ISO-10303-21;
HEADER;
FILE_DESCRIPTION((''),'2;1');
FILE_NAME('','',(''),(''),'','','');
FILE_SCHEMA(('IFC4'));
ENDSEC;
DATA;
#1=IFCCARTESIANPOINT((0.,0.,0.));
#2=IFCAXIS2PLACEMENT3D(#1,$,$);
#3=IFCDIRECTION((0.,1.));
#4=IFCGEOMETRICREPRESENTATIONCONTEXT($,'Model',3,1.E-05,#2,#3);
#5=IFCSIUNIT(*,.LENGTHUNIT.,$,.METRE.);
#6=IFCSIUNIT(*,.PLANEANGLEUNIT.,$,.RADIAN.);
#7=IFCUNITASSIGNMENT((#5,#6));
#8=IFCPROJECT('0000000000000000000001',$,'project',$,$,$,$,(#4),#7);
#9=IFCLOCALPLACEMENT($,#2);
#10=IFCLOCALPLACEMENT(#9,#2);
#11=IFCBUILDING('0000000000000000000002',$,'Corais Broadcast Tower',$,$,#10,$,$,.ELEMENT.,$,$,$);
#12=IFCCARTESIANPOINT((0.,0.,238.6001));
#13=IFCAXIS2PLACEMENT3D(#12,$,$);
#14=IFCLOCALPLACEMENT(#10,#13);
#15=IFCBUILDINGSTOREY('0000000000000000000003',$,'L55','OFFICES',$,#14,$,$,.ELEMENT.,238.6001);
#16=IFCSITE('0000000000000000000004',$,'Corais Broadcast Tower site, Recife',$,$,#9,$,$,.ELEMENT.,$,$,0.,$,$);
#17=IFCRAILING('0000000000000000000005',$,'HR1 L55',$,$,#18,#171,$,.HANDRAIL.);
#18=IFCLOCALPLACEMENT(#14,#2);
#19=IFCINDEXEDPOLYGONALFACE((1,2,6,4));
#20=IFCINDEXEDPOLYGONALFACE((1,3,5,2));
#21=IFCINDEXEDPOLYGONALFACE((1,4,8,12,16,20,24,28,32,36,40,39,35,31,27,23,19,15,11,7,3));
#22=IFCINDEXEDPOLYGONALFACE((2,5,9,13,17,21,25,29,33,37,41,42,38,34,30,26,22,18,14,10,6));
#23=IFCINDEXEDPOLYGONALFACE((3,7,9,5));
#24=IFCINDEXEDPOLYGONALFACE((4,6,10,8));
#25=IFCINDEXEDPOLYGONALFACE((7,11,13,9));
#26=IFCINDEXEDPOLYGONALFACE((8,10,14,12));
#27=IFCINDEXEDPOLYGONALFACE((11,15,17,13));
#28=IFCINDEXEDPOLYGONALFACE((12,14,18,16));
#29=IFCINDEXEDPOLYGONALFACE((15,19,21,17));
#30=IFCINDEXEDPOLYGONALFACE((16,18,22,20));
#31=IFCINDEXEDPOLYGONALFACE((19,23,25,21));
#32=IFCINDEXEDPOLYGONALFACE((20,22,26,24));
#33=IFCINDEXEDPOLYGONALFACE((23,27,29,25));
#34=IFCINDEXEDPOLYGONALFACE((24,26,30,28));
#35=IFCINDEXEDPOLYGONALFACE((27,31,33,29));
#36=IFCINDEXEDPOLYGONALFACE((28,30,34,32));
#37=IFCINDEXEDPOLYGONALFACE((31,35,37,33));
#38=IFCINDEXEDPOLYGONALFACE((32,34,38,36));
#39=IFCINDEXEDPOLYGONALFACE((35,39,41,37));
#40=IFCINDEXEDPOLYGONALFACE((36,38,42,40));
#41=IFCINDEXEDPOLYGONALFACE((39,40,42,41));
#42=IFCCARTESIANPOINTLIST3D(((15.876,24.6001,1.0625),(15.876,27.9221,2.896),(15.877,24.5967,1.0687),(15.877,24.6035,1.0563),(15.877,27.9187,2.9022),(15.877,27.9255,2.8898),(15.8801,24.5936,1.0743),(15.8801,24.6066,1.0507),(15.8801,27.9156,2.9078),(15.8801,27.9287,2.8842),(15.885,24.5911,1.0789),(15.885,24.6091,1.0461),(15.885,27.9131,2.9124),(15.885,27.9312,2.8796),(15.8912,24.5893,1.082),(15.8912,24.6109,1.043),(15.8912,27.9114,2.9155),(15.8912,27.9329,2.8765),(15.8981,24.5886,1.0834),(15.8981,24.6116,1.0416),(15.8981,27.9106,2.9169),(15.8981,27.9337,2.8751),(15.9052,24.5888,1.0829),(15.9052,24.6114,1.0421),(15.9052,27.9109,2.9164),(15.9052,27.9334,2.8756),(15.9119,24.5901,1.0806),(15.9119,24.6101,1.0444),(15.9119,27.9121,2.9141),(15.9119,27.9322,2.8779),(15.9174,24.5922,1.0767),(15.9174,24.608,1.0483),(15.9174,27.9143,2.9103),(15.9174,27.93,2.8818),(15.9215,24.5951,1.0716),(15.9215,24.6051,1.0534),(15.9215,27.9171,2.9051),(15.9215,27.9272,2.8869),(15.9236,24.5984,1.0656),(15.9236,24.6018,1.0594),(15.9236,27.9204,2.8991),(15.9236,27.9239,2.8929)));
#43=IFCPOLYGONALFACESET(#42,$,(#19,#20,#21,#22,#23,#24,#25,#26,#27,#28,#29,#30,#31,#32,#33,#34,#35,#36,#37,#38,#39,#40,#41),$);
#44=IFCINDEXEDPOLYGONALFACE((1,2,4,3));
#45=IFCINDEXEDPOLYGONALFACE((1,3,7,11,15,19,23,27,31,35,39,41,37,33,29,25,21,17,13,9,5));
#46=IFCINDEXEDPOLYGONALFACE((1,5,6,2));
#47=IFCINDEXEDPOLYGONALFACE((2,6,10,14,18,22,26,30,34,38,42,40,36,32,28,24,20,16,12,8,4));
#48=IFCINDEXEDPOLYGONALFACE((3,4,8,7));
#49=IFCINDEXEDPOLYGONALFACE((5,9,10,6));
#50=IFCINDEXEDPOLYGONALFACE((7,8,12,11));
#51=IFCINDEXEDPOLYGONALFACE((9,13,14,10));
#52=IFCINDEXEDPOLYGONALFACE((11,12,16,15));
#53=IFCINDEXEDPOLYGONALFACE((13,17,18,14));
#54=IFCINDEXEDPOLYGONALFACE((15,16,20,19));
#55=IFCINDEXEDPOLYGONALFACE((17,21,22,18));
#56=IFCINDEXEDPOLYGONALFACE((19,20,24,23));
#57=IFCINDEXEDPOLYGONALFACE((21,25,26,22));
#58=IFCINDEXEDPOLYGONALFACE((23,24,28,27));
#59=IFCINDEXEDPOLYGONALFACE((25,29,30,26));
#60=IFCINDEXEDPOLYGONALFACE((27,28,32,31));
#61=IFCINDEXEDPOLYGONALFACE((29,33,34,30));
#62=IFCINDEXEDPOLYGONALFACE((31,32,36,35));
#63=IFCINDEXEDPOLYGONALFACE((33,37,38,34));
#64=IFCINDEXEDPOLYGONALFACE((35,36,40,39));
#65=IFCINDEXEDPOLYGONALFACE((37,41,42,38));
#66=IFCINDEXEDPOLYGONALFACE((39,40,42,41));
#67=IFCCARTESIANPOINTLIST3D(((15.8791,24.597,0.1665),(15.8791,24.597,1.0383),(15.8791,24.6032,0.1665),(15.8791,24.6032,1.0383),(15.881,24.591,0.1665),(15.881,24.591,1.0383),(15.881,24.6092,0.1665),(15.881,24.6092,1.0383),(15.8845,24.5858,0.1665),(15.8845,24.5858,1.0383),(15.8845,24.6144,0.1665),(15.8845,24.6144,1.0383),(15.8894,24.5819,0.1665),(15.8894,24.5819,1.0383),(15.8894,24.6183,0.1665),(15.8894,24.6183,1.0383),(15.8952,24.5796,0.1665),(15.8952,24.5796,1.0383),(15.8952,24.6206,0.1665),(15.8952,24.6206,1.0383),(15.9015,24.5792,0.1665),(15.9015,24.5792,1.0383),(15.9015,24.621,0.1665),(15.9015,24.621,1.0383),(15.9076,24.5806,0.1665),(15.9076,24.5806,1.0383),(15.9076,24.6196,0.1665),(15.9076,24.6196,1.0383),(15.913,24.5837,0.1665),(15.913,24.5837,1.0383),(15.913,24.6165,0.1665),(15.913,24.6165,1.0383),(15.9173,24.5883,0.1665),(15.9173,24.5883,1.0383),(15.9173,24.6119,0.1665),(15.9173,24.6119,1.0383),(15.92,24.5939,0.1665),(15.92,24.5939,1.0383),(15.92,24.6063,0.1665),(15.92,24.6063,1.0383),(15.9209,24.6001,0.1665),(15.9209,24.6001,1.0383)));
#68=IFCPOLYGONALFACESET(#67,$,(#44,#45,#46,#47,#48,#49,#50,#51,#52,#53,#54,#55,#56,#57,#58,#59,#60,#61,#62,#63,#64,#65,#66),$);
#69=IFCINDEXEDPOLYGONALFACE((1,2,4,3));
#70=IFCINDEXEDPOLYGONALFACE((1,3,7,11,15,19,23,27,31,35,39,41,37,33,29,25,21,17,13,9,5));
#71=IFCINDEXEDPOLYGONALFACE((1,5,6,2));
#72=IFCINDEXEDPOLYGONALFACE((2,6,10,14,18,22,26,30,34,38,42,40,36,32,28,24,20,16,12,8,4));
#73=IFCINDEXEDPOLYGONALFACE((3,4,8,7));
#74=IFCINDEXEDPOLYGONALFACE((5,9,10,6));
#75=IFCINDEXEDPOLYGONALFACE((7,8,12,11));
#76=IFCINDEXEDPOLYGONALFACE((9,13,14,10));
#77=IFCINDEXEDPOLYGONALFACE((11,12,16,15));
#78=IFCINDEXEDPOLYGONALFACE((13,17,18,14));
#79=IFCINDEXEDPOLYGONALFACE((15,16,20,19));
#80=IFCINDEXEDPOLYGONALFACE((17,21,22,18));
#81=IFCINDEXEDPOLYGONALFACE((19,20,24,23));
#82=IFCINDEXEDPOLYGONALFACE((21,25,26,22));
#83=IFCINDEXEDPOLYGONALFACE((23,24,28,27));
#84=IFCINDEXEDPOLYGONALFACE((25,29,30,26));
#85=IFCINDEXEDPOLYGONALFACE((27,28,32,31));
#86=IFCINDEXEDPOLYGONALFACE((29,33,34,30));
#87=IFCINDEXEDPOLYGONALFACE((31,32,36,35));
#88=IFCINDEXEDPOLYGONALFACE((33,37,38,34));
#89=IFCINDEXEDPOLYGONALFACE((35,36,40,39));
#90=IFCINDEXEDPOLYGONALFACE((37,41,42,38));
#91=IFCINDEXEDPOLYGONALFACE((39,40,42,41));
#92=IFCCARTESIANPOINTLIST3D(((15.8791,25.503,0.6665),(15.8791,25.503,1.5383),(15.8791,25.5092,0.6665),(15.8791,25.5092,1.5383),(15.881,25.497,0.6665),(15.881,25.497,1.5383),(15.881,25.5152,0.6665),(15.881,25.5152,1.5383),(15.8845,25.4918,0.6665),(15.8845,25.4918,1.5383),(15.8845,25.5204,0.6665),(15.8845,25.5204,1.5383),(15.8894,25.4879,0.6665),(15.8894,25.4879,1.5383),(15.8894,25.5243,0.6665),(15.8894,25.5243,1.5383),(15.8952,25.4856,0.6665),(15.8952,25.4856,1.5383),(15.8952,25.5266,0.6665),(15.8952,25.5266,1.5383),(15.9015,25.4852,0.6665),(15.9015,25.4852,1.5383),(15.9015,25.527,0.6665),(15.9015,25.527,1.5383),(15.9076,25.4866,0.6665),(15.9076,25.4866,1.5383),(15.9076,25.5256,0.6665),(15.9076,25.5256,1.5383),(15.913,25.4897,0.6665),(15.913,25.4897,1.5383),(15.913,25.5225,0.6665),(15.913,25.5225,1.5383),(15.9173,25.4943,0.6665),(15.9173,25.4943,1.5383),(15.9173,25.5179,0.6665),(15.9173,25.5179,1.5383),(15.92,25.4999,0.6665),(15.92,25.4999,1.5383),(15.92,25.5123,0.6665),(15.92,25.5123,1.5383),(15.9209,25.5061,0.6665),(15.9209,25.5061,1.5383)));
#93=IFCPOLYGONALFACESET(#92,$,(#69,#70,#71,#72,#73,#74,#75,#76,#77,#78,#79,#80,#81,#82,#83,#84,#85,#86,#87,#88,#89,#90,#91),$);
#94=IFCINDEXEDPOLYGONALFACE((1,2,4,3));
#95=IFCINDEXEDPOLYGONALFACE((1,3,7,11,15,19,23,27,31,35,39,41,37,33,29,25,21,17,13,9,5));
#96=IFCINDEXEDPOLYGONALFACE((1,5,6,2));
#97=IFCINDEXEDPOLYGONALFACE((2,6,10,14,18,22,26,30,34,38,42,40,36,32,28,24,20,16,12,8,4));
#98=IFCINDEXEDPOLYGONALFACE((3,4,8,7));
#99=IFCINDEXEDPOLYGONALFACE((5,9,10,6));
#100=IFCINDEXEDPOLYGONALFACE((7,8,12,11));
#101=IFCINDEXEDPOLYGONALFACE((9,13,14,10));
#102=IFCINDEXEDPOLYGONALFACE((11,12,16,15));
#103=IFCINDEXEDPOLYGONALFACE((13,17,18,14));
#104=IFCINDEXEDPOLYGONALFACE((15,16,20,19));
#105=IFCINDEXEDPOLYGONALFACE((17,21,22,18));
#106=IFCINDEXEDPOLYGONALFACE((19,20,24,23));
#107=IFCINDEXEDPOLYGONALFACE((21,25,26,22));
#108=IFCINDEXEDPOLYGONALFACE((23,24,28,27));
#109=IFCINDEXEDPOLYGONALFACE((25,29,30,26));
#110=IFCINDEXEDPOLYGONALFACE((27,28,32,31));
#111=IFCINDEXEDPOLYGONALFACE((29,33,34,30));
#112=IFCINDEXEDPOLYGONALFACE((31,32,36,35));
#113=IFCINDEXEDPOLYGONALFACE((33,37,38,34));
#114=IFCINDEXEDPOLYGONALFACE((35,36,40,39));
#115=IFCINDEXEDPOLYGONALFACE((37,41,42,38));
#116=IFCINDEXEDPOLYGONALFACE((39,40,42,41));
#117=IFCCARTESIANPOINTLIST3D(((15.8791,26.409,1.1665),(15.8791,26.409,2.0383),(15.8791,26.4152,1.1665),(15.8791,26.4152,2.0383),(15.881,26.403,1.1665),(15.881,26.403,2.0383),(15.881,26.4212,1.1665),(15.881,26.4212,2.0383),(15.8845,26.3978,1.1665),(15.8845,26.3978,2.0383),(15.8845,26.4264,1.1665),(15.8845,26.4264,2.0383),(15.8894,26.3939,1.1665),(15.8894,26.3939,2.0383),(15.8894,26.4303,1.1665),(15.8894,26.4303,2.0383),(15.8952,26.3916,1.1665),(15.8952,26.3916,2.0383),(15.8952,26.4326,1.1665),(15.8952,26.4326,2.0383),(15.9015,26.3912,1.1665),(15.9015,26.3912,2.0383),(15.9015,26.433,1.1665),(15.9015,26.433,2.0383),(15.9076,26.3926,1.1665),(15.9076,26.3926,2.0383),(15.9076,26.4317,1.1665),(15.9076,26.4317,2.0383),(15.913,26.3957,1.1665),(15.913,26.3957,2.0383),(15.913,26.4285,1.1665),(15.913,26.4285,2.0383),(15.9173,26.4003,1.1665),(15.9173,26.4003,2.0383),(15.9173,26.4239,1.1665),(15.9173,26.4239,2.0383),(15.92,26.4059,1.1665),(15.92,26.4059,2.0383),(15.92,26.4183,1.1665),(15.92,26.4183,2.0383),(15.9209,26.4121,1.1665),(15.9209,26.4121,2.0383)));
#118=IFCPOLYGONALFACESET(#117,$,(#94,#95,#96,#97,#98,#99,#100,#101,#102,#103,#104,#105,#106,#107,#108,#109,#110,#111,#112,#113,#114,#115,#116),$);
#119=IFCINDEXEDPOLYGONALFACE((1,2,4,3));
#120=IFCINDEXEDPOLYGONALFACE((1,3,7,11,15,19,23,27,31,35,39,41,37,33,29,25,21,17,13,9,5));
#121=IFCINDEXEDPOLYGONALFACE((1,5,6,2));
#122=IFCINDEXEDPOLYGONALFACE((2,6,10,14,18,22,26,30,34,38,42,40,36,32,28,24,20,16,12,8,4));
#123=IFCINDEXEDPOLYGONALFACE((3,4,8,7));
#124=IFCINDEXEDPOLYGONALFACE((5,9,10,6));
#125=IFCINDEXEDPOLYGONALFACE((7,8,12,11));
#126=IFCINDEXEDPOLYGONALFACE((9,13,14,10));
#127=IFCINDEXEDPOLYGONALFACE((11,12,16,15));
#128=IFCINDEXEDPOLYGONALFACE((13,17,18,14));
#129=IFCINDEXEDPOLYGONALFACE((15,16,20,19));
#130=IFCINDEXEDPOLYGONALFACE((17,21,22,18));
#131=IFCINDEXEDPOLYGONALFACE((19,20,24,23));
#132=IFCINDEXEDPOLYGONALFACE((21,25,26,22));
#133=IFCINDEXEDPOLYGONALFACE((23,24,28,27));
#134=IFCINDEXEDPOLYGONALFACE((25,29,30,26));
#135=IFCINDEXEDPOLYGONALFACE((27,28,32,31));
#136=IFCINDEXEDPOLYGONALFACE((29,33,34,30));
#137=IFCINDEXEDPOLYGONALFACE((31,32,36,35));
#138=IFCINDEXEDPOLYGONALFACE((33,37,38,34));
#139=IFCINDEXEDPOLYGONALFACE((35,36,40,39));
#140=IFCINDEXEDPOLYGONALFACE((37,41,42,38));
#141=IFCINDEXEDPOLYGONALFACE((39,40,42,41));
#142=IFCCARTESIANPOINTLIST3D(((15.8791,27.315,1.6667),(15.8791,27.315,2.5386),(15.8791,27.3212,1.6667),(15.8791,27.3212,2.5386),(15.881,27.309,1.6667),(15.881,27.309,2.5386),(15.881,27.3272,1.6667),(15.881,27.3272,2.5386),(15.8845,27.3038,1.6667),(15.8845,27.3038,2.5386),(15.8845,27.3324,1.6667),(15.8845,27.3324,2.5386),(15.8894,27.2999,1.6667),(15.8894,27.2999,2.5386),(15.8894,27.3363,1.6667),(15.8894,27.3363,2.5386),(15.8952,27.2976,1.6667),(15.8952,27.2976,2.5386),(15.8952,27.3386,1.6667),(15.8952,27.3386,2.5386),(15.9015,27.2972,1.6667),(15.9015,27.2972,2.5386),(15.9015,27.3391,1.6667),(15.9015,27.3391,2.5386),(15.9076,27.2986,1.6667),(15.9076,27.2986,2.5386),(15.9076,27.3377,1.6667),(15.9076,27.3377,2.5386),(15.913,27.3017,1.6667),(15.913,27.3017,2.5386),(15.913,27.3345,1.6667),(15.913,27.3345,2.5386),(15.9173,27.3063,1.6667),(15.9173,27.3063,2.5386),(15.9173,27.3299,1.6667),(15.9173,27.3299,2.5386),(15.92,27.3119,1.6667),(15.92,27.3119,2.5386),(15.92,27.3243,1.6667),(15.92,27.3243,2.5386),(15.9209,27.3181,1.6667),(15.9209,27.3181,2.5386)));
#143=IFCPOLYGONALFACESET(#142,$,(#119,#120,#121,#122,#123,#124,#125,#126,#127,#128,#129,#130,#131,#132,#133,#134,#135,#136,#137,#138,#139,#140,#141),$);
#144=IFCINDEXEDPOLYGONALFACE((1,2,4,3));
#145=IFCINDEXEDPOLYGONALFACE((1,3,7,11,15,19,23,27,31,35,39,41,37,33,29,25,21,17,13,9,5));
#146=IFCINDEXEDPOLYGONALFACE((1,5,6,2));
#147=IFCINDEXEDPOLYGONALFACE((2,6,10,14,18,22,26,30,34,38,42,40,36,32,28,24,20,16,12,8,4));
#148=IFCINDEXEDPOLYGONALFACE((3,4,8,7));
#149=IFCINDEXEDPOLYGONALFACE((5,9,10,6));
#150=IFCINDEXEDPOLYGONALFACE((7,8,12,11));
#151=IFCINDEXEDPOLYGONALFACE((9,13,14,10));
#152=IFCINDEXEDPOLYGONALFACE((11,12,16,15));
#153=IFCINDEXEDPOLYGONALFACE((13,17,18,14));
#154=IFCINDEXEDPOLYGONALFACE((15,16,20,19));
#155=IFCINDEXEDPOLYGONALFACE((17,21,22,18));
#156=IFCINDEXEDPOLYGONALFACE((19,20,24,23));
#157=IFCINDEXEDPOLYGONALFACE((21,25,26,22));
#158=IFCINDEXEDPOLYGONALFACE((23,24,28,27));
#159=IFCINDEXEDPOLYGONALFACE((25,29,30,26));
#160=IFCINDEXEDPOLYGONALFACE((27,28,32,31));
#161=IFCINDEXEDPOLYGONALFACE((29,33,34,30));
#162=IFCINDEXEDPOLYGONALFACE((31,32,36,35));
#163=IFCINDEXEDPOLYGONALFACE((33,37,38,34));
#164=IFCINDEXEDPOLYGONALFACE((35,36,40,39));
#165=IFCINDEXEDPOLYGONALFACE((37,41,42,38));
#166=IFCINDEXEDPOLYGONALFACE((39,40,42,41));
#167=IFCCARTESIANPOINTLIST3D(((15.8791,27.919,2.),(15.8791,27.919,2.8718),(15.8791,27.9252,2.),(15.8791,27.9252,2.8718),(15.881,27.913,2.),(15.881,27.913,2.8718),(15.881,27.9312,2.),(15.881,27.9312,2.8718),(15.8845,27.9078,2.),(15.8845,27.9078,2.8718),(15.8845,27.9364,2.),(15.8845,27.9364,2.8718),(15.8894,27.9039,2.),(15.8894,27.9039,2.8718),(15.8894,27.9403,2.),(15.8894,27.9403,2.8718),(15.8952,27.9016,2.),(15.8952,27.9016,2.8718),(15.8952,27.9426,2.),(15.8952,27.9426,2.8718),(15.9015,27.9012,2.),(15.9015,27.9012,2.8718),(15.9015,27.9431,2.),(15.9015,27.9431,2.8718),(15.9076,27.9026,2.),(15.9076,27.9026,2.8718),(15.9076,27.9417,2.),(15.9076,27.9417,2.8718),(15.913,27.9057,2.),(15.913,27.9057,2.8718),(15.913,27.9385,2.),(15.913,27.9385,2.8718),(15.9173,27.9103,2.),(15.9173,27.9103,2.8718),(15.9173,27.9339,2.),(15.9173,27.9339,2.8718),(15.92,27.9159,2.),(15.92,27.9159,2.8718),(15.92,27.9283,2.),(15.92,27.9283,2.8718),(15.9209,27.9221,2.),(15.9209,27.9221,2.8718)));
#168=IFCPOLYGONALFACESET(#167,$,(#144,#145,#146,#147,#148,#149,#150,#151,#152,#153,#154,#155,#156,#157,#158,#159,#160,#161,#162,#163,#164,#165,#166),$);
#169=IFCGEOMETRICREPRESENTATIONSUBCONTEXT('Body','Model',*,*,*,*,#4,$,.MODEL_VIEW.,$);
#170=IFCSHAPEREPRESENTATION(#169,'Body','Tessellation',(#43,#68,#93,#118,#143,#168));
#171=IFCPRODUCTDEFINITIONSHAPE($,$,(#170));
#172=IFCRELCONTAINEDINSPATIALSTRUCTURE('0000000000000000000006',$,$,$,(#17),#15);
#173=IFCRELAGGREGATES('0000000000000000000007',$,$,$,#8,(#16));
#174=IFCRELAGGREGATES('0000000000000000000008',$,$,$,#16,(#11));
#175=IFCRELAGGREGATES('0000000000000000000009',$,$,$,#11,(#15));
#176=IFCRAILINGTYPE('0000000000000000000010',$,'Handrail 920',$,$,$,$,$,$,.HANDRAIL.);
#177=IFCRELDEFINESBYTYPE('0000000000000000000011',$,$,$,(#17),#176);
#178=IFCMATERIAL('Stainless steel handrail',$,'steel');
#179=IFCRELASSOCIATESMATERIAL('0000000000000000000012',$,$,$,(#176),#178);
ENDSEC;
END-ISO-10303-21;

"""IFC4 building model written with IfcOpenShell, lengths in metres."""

from ifc_helpers import new_model, si_unit, direction, frame, origin, origin_2d, place, context, subcontext, project, spatial, circle, extrude, material, type_object, element, save


model = new_model("IFC4")

# Units and contexts
model_context = context("Model", 3, precision=1e-05, world=origin(), true_north=direction((0.0, 1.0)))
body_context = subcontext(model_context, "Body", "Model", "MODEL_VIEW")
ifc_project = project(units=[si_unit("LENGTHUNIT", "METRE"), si_unit("PLANEANGLEUNIT", "RADIAN")], contexts=[model_context])

# Site, building, storey
site_placement = place(None, origin())
site = spatial("IfcSite", under=ifc_project, at=site_placement, Name="Corais Broadcast Tower site, Recife", CompositionType="ELEMENT", RefElevation=0.0)
building_placement = place(site_placement, origin())
building = spatial("IfcBuilding", under=site, at=building_placement, Name="Corais Broadcast Tower", CompositionType="ELEMENT")
storey_placement = place(building_placement, frame((0.0, 0.0, 238.6001)))
storey = spatial("IfcBuildingStorey", under=building, at=storey_placement, Name="L55", Description="OFFICES", CompositionType="ELEMENT", Elevation=238.6001)

# Railing
ifc_material_1 = material(Name="Stainless steel handrail", Category="steel")
railing_type = type_object("IfcRailingType", Name="Handrail 920", PredefinedType="HANDRAIL", material=ifc_material_1)
for number, where, name in (
    (1, (15.8999, 24.6001, 0.1665), "HR1 L55"),
):
    element("IfcRailing", number, at=place(storey_placement, frame(where)), inside=storey, type_object=railing_type, Name=name, PredefinedType="HANDRAIL", context=body_context, shape_type="SweptSolid", body=[
        extrude(circle(Radius=0.0239, at=origin_2d()), frame((0.0, 0.0, 0.896), z_axis=(0.0, 0.875504, 0.48321), x_axis=(-1.0, 0.0, 0.0)), (0.0, 0.0, 1.0), 3.7944),
        extrude(circle(Radius=0.021, at=origin_2d()), origin(), (0.0, 0.0, 1.0), 0.8718),
        extrude(circle(Radius=0.021, at=origin_2d()), frame((0.0, 0.906, 0.5)), (0.0, 0.0, 1.0), 0.8718),
        extrude(circle(Radius=0.021, at=origin_2d()), frame((0.0, 1.812, 1.0)), (0.0, 0.0, 1.0), 0.8718),
        extrude(circle(Radius=0.021, at=origin_2d()), frame((0.0, 2.718, 1.5002)), (0.0, 0.0, 1.0), 0.8718),
        extrude(circle(Radius=0.021, at=origin_2d()), frame((0.0, 3.322, 1.8335)), (0.0, 0.0, 1.0), 0.8718),
    ])

save(model, "model.ifc")
